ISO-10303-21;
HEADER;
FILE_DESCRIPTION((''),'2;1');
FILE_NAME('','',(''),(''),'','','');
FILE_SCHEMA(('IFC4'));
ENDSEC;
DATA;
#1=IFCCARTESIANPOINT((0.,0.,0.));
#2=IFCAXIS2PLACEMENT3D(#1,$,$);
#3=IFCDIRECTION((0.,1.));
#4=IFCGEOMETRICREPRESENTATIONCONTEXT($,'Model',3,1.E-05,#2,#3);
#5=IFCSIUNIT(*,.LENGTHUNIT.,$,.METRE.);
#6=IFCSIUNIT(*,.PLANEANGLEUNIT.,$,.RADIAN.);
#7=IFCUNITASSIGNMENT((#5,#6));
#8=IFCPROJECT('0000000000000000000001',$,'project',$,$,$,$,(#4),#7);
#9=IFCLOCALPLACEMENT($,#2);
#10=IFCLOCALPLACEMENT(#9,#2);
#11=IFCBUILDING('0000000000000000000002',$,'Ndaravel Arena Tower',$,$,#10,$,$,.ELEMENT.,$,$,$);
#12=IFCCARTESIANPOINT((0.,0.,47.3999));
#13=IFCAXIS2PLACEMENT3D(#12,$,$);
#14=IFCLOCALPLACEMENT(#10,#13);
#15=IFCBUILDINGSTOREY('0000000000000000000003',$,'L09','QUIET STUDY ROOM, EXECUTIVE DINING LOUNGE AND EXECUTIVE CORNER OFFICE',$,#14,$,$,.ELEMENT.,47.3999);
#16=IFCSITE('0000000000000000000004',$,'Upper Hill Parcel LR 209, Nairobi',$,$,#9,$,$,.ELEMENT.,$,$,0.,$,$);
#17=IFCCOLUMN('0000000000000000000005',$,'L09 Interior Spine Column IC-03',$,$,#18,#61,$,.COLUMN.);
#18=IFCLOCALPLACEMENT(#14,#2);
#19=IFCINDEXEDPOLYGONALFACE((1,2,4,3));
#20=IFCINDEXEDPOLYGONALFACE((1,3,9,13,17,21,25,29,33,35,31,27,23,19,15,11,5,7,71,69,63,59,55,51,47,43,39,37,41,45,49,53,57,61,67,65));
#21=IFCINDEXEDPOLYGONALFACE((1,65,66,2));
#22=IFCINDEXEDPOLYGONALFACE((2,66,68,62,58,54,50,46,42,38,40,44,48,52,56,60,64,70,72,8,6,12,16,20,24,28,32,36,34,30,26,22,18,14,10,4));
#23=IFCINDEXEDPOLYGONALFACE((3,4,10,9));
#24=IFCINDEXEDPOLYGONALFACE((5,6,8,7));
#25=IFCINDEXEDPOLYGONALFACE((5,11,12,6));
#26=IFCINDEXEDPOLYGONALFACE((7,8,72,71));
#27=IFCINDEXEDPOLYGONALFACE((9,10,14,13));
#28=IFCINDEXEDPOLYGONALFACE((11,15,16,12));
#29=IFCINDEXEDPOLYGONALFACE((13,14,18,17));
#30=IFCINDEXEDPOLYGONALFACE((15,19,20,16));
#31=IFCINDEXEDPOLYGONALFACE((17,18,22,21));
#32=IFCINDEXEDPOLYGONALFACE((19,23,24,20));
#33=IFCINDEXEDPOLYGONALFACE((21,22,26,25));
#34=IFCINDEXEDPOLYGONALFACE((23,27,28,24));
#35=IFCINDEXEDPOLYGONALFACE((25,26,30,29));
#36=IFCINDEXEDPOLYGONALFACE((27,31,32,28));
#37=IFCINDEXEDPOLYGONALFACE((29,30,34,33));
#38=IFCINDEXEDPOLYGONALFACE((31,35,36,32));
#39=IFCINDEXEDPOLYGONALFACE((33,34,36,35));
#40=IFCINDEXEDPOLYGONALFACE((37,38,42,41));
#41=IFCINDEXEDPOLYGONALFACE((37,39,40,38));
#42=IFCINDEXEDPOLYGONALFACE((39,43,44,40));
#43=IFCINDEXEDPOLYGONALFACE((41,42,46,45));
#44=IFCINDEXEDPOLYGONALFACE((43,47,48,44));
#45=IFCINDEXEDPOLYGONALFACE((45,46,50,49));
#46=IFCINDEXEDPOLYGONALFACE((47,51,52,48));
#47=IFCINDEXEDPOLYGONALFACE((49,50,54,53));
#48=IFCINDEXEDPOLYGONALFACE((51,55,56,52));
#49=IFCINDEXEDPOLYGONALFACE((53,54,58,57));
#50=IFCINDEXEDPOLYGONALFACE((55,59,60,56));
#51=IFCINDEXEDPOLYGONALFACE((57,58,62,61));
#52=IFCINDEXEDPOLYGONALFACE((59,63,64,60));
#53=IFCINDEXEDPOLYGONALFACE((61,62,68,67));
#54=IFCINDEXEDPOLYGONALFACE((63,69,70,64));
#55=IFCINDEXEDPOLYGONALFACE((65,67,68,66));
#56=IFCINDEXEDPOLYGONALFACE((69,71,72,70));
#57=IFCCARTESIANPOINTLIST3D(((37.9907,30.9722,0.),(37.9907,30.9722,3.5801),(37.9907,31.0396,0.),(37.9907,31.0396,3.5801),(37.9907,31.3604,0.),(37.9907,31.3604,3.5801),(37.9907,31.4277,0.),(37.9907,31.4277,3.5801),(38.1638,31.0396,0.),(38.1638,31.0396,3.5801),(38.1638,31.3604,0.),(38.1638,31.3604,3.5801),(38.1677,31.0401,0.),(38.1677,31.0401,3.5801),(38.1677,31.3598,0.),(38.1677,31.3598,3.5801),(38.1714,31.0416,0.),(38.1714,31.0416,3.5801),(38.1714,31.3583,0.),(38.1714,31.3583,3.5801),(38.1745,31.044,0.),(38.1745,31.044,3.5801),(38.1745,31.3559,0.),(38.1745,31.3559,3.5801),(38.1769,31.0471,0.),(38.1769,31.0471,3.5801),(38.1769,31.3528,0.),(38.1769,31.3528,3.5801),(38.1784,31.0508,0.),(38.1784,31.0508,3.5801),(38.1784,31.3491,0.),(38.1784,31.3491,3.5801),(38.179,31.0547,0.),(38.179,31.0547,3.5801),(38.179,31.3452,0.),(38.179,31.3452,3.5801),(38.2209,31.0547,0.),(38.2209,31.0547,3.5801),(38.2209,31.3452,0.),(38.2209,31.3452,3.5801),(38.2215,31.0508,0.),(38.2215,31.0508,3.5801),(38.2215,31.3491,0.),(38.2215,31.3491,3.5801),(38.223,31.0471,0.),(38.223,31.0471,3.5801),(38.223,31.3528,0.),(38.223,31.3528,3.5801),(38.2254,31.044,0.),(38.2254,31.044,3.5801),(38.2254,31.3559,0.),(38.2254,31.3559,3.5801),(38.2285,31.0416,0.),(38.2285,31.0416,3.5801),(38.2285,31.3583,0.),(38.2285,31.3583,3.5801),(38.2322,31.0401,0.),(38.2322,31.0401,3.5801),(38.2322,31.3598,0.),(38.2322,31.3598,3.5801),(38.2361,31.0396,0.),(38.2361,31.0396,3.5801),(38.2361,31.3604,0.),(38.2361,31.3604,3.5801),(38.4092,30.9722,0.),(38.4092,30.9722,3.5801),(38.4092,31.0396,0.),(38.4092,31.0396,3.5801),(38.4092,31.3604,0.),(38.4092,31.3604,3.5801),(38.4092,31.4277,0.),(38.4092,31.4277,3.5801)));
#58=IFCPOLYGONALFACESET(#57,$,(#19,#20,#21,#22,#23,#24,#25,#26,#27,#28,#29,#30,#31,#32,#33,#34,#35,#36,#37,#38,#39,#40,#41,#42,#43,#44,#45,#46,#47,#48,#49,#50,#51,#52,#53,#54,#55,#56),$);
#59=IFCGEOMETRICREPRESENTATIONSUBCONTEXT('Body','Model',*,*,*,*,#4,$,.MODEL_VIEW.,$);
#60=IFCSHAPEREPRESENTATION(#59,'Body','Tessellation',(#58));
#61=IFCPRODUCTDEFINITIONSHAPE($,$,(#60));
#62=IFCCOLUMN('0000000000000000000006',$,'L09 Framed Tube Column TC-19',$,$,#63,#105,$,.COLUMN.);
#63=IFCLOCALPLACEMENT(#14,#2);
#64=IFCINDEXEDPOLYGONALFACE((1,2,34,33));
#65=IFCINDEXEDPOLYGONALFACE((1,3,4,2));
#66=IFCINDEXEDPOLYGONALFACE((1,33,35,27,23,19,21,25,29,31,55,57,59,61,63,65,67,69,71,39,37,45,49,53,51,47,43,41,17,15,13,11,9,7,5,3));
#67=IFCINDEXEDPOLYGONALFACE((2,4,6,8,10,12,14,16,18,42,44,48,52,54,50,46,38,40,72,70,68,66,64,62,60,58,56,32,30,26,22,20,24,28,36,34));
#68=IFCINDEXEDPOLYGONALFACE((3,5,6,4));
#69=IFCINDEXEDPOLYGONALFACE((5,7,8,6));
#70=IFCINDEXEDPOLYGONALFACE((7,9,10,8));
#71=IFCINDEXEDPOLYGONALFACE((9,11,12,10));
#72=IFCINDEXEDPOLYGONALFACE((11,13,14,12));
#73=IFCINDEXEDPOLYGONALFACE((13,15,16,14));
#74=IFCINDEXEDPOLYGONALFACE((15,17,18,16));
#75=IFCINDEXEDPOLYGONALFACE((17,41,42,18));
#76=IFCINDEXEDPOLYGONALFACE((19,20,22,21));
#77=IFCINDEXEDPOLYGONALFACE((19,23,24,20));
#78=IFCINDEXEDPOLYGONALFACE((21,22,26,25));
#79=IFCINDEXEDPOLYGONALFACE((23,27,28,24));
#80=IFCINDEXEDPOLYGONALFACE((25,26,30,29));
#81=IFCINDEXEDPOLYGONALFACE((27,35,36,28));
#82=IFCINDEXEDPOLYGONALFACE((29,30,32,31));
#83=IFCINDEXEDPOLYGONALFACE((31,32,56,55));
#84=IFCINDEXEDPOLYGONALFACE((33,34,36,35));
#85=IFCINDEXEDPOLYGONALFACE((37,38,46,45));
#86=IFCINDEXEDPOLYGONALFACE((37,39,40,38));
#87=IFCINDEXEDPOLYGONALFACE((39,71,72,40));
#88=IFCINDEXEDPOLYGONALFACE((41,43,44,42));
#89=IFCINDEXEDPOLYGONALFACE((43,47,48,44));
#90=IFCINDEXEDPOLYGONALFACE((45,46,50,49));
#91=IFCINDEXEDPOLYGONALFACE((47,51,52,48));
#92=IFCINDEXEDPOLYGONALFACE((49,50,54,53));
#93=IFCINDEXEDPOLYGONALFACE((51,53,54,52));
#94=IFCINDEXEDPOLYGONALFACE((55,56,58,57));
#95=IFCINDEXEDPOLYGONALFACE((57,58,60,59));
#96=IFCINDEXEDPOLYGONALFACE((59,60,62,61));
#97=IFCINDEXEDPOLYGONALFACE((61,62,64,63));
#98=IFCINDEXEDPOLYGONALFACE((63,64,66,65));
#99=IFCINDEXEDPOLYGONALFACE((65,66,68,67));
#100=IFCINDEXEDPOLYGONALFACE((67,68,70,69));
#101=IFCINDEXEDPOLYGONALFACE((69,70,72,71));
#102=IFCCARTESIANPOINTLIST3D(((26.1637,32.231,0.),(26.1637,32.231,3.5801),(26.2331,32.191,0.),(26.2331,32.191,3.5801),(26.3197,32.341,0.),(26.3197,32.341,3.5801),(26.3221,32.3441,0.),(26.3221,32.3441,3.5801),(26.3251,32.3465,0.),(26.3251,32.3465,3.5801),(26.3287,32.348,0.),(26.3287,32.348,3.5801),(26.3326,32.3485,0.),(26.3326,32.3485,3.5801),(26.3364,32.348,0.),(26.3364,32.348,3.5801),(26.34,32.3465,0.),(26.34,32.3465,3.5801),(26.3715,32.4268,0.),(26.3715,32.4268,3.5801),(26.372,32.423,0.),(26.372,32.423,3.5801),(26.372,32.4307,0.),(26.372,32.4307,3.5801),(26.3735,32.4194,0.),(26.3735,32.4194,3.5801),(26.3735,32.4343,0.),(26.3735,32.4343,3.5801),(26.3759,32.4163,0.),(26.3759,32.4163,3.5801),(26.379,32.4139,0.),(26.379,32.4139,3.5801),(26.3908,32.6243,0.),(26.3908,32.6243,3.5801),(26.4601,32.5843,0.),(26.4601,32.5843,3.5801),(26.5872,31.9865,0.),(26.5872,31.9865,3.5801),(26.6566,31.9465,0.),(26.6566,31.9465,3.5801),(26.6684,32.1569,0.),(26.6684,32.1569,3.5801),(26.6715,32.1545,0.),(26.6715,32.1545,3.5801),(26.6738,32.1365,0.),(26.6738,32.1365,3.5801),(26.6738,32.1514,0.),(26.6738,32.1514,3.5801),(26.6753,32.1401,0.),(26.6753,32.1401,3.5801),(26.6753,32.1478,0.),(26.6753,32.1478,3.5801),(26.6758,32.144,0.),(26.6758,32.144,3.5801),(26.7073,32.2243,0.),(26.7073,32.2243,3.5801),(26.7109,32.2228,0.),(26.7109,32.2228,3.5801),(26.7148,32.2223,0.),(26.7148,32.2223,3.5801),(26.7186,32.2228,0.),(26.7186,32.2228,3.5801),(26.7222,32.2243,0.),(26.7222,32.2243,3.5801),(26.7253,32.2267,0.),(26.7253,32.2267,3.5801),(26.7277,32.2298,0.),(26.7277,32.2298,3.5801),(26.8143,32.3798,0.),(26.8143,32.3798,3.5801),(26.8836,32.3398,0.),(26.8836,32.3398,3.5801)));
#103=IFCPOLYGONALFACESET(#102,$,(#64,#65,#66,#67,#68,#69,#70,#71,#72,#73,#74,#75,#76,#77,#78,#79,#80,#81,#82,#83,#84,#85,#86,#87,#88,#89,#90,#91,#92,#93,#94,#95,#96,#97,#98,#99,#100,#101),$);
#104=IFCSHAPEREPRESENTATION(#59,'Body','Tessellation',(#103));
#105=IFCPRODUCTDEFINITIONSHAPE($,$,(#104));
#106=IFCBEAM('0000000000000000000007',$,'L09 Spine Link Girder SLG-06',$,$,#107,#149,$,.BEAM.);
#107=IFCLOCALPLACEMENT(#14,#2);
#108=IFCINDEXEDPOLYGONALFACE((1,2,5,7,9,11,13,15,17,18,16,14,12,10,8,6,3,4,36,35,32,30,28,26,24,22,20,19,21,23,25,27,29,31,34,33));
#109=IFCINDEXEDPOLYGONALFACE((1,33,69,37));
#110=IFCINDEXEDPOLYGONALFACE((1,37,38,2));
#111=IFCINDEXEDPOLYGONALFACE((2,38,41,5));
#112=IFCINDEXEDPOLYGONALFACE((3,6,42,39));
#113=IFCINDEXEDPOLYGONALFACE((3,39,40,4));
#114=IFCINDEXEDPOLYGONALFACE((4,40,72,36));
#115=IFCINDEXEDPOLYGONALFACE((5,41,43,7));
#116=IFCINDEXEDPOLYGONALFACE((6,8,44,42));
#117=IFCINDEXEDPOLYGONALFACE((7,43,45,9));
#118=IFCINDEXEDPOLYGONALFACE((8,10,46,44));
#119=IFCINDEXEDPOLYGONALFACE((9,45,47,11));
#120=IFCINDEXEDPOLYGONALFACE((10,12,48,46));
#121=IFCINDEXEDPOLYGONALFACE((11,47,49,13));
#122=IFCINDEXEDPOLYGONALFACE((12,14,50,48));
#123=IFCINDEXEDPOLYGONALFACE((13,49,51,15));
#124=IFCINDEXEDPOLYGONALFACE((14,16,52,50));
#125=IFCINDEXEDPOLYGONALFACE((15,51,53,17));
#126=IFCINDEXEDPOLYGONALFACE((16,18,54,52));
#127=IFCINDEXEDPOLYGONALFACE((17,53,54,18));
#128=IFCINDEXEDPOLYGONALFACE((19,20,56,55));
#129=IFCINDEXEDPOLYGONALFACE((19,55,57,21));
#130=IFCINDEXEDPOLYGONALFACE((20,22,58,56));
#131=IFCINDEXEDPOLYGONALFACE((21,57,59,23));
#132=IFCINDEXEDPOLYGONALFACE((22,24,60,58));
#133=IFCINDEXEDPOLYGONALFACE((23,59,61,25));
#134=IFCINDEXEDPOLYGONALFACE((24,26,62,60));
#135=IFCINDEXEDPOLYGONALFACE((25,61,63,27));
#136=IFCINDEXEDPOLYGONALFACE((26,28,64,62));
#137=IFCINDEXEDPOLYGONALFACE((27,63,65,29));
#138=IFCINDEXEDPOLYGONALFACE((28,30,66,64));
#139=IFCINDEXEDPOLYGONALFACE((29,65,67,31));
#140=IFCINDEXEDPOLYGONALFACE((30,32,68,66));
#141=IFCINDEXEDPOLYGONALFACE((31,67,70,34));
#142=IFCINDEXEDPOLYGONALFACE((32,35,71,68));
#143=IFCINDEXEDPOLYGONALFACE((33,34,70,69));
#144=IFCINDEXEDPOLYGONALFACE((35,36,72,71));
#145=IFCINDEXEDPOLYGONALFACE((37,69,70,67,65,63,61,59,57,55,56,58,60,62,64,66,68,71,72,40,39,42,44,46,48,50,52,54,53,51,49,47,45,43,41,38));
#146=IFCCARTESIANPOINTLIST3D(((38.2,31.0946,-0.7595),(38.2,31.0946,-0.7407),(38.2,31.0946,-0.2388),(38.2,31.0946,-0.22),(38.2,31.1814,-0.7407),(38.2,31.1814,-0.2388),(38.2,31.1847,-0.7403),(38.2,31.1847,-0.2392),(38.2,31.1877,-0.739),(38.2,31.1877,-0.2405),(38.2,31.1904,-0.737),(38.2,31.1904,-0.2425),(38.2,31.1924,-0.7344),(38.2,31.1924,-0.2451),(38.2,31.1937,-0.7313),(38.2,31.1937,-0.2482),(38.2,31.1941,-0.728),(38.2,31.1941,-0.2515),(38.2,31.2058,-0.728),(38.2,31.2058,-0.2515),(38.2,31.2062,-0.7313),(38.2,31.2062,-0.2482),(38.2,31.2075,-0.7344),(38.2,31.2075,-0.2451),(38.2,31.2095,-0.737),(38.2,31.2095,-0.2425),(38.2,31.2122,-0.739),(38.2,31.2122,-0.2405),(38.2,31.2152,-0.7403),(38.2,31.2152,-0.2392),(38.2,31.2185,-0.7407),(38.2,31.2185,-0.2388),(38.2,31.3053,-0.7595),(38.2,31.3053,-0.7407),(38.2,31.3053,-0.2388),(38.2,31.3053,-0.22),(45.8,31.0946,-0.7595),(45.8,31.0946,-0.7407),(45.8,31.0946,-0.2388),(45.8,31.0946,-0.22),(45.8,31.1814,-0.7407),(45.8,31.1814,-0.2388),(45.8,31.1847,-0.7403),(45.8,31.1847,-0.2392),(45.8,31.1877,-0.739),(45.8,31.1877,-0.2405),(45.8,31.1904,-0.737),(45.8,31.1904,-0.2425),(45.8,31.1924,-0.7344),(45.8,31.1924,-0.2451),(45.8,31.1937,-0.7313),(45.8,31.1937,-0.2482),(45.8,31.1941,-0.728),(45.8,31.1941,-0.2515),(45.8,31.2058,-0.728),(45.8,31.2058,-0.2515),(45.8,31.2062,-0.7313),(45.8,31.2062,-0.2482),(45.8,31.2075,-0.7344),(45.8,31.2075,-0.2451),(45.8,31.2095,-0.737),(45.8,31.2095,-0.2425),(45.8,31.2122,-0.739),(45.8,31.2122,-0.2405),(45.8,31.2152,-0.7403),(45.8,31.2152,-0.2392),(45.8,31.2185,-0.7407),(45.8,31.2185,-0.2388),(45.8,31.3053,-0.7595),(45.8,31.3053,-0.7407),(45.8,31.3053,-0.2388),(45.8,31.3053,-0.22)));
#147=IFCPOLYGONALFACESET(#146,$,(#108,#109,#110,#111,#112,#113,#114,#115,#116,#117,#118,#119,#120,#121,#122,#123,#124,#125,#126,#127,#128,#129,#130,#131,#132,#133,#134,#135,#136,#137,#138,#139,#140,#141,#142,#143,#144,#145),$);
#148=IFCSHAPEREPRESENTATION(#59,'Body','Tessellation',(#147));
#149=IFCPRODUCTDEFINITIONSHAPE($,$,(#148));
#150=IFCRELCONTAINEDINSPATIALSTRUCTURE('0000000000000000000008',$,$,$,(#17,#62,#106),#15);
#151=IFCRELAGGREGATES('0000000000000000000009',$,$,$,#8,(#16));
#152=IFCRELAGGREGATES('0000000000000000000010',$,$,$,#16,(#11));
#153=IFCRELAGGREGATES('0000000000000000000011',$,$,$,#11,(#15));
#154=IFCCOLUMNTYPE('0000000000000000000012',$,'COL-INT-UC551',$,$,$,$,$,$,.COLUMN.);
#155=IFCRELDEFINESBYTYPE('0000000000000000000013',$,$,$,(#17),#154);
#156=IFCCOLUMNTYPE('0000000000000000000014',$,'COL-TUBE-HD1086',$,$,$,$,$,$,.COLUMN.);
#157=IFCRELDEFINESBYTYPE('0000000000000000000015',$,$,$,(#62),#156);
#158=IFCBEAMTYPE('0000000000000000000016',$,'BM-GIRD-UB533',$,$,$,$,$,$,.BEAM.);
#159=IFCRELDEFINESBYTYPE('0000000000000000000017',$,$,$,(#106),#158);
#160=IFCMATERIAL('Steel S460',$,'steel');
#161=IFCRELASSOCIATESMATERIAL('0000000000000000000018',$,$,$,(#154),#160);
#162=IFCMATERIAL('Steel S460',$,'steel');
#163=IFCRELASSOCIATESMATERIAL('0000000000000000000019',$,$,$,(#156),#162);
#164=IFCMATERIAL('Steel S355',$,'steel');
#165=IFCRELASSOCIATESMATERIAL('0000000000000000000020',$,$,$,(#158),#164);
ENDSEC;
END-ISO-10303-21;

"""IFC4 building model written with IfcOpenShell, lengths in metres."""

from ifc_helpers import new_model, si_unit, direction, frame, origin, origin_2d, place, context, subcontext, project, spatial, i_section, extrude, material, material_profile, profile_set, type_object, element, save


model = new_model("IFC4")

# Units and contexts
model_context = context("Model", 3, precision=1e-05, world=origin(), true_north=direction((0.0, 1.0)))
body_context = subcontext(model_context, "Body", "Model", "MODEL_VIEW")
ifc_project = project(units=[si_unit("LENGTHUNIT", "METRE"), si_unit("PLANEANGLEUNIT", "RADIAN")], contexts=[model_context])

# Site, building, storey
site_placement = place(None, origin())
site = spatial("IfcSite", under=ifc_project, at=site_placement, Name="Upper Hill Parcel LR 209, Nairobi", CompositionType="ELEMENT", RefElevation=0.0)
building_placement = place(site_placement, origin())
building = spatial("IfcBuilding", under=site, at=building_placement, Name="Ndaravel Arena Tower", CompositionType="ELEMENT")
storey_placement = place(building_placement, frame((0.0, 0.0, 47.3999)))
storey = spatial("IfcBuildingStorey", under=building, at=storey_placement, Name="L09", Description="QUIET STUDY ROOM, EXECUTIVE DINING LOUNGE AND EXECUTIVE CORNER OFFICE", CompositionType="ELEMENT", Elevation=47.3999)

# Columns
ifc_material_1 = material(Name="Steel S460", Category="steel")
ifc_material_profile_1 = material_profile(ifc_material_1, i_section(OverallWidth=0.4185, OverallDepth=0.4556, WebThickness=0.042, FlangeThickness=0.0674, FilletRadius=0.0151, at=origin_2d()), Name="UC 356x406x551")
ifc_profile_set_1 = profile_set([ifc_material_profile_1], Name="Steel S460")
column_type_1 = type_object("IfcColumnType", Name="COL-INT-UC551", PredefinedType="COLUMN", material=ifc_profile_set_1)
column_1_placement = place(storey_placement, frame((38.2, 31.2, 0.0), z_axis=(0.0, 0.0, 1.0), x_axis=(1.0, 0.0, 0.0)))
element("IfcColumn", 1, at=column_1_placement, inside=storey, type_object=column_type_1, Name="L09 Interior Spine Column IC-03", PredefinedType="COLUMN", context=body_context, shape_type="SweptSolid", body=[
    extrude(i_section(OverallWidth=0.4185, OverallDepth=0.4556, WebThickness=0.042, FlangeThickness=0.0674, FilletRadius=0.0151, at=origin_2d()), origin(), (0.0, 0.0, 1.0), 3.5801),
])
ifc_material_2 = material(Name="Steel S460", Category="steel")
ifc_material_profile_2 = material_profile(ifc_material_2, i_section(OverallWidth=0.4541, OverallDepth=0.5691, WebThickness=0.0779, FlangeThickness=0.0801, FilletRadius=0.0149, at=origin_2d()), Name="HD 400x1086")
ifc_profile_set_2 = profile_set([ifc_material_profile_2], Name="Steel S460")
column_type_2 = type_object("IfcColumnType", Name="COL-TUBE-HD1086", PredefinedType="COLUMN", material=ifc_profile_set_2)
column_2_placement = place(storey_placement, frame((26.5237, 32.2854, 0.0), z_axis=(0.0, 0.0, 1.0), x_axis=(0.5, 0.866025, 0.0)))
element("IfcColumn", 2, at=column_2_placement, inside=storey, type_object=column_type_2, Name="L09 Framed Tube Column TC-19", PredefinedType="COLUMN", context=body_context, shape_type="SweptSolid", body=[
    extrude(i_section(OverallWidth=0.4541, OverallDepth=0.5691, WebThickness=0.0779, FlangeThickness=0.0801, FilletRadius=0.0149, at=origin_2d()), origin(), (0.0, 0.0, 1.0), 3.5801),
])

# Beam
ifc_material_3 = material(Name="Steel S355", Category="steel")
ifc_material_profile_3 = material_profile(ifc_material_3, i_section(OverallWidth=0.2107, OverallDepth=0.5396, WebThickness=0.0117, FlangeThickness=0.0188, FilletRadius=0.0127, at=origin_2d()), Name="UB 533x210x109")
ifc_profile_set_3 = profile_set([ifc_material_profile_3], Name="Steel S355")
beam_type_1 = type_object("IfcBeamType", Name="BM-GIRD-UB533", PredefinedType="BEAM", material=ifc_profile_set_3)
beam_1_placement = place(storey_placement, frame((38.2, 31.2, -0.4897), z_axis=(1.0, 0.0, 0.0), x_axis=(0.0, 1.0, 0.0)))
element("IfcBeam", 3, at=beam_1_placement, inside=storey, type_object=beam_type_1, Name="L09 Spine Link Girder SLG-06", PredefinedType="BEAM", context=body_context, shape_type="SweptSolid", body=[
    extrude(i_section(OverallWidth=0.2107, OverallDepth=0.5396, WebThickness=0.0117, FlangeThickness=0.0188, FilletRadius=0.0127, at=origin_2d()), origin(), (0.0, 0.0, 1.0), 7.6001),
])

save(model, "model.ifc")
